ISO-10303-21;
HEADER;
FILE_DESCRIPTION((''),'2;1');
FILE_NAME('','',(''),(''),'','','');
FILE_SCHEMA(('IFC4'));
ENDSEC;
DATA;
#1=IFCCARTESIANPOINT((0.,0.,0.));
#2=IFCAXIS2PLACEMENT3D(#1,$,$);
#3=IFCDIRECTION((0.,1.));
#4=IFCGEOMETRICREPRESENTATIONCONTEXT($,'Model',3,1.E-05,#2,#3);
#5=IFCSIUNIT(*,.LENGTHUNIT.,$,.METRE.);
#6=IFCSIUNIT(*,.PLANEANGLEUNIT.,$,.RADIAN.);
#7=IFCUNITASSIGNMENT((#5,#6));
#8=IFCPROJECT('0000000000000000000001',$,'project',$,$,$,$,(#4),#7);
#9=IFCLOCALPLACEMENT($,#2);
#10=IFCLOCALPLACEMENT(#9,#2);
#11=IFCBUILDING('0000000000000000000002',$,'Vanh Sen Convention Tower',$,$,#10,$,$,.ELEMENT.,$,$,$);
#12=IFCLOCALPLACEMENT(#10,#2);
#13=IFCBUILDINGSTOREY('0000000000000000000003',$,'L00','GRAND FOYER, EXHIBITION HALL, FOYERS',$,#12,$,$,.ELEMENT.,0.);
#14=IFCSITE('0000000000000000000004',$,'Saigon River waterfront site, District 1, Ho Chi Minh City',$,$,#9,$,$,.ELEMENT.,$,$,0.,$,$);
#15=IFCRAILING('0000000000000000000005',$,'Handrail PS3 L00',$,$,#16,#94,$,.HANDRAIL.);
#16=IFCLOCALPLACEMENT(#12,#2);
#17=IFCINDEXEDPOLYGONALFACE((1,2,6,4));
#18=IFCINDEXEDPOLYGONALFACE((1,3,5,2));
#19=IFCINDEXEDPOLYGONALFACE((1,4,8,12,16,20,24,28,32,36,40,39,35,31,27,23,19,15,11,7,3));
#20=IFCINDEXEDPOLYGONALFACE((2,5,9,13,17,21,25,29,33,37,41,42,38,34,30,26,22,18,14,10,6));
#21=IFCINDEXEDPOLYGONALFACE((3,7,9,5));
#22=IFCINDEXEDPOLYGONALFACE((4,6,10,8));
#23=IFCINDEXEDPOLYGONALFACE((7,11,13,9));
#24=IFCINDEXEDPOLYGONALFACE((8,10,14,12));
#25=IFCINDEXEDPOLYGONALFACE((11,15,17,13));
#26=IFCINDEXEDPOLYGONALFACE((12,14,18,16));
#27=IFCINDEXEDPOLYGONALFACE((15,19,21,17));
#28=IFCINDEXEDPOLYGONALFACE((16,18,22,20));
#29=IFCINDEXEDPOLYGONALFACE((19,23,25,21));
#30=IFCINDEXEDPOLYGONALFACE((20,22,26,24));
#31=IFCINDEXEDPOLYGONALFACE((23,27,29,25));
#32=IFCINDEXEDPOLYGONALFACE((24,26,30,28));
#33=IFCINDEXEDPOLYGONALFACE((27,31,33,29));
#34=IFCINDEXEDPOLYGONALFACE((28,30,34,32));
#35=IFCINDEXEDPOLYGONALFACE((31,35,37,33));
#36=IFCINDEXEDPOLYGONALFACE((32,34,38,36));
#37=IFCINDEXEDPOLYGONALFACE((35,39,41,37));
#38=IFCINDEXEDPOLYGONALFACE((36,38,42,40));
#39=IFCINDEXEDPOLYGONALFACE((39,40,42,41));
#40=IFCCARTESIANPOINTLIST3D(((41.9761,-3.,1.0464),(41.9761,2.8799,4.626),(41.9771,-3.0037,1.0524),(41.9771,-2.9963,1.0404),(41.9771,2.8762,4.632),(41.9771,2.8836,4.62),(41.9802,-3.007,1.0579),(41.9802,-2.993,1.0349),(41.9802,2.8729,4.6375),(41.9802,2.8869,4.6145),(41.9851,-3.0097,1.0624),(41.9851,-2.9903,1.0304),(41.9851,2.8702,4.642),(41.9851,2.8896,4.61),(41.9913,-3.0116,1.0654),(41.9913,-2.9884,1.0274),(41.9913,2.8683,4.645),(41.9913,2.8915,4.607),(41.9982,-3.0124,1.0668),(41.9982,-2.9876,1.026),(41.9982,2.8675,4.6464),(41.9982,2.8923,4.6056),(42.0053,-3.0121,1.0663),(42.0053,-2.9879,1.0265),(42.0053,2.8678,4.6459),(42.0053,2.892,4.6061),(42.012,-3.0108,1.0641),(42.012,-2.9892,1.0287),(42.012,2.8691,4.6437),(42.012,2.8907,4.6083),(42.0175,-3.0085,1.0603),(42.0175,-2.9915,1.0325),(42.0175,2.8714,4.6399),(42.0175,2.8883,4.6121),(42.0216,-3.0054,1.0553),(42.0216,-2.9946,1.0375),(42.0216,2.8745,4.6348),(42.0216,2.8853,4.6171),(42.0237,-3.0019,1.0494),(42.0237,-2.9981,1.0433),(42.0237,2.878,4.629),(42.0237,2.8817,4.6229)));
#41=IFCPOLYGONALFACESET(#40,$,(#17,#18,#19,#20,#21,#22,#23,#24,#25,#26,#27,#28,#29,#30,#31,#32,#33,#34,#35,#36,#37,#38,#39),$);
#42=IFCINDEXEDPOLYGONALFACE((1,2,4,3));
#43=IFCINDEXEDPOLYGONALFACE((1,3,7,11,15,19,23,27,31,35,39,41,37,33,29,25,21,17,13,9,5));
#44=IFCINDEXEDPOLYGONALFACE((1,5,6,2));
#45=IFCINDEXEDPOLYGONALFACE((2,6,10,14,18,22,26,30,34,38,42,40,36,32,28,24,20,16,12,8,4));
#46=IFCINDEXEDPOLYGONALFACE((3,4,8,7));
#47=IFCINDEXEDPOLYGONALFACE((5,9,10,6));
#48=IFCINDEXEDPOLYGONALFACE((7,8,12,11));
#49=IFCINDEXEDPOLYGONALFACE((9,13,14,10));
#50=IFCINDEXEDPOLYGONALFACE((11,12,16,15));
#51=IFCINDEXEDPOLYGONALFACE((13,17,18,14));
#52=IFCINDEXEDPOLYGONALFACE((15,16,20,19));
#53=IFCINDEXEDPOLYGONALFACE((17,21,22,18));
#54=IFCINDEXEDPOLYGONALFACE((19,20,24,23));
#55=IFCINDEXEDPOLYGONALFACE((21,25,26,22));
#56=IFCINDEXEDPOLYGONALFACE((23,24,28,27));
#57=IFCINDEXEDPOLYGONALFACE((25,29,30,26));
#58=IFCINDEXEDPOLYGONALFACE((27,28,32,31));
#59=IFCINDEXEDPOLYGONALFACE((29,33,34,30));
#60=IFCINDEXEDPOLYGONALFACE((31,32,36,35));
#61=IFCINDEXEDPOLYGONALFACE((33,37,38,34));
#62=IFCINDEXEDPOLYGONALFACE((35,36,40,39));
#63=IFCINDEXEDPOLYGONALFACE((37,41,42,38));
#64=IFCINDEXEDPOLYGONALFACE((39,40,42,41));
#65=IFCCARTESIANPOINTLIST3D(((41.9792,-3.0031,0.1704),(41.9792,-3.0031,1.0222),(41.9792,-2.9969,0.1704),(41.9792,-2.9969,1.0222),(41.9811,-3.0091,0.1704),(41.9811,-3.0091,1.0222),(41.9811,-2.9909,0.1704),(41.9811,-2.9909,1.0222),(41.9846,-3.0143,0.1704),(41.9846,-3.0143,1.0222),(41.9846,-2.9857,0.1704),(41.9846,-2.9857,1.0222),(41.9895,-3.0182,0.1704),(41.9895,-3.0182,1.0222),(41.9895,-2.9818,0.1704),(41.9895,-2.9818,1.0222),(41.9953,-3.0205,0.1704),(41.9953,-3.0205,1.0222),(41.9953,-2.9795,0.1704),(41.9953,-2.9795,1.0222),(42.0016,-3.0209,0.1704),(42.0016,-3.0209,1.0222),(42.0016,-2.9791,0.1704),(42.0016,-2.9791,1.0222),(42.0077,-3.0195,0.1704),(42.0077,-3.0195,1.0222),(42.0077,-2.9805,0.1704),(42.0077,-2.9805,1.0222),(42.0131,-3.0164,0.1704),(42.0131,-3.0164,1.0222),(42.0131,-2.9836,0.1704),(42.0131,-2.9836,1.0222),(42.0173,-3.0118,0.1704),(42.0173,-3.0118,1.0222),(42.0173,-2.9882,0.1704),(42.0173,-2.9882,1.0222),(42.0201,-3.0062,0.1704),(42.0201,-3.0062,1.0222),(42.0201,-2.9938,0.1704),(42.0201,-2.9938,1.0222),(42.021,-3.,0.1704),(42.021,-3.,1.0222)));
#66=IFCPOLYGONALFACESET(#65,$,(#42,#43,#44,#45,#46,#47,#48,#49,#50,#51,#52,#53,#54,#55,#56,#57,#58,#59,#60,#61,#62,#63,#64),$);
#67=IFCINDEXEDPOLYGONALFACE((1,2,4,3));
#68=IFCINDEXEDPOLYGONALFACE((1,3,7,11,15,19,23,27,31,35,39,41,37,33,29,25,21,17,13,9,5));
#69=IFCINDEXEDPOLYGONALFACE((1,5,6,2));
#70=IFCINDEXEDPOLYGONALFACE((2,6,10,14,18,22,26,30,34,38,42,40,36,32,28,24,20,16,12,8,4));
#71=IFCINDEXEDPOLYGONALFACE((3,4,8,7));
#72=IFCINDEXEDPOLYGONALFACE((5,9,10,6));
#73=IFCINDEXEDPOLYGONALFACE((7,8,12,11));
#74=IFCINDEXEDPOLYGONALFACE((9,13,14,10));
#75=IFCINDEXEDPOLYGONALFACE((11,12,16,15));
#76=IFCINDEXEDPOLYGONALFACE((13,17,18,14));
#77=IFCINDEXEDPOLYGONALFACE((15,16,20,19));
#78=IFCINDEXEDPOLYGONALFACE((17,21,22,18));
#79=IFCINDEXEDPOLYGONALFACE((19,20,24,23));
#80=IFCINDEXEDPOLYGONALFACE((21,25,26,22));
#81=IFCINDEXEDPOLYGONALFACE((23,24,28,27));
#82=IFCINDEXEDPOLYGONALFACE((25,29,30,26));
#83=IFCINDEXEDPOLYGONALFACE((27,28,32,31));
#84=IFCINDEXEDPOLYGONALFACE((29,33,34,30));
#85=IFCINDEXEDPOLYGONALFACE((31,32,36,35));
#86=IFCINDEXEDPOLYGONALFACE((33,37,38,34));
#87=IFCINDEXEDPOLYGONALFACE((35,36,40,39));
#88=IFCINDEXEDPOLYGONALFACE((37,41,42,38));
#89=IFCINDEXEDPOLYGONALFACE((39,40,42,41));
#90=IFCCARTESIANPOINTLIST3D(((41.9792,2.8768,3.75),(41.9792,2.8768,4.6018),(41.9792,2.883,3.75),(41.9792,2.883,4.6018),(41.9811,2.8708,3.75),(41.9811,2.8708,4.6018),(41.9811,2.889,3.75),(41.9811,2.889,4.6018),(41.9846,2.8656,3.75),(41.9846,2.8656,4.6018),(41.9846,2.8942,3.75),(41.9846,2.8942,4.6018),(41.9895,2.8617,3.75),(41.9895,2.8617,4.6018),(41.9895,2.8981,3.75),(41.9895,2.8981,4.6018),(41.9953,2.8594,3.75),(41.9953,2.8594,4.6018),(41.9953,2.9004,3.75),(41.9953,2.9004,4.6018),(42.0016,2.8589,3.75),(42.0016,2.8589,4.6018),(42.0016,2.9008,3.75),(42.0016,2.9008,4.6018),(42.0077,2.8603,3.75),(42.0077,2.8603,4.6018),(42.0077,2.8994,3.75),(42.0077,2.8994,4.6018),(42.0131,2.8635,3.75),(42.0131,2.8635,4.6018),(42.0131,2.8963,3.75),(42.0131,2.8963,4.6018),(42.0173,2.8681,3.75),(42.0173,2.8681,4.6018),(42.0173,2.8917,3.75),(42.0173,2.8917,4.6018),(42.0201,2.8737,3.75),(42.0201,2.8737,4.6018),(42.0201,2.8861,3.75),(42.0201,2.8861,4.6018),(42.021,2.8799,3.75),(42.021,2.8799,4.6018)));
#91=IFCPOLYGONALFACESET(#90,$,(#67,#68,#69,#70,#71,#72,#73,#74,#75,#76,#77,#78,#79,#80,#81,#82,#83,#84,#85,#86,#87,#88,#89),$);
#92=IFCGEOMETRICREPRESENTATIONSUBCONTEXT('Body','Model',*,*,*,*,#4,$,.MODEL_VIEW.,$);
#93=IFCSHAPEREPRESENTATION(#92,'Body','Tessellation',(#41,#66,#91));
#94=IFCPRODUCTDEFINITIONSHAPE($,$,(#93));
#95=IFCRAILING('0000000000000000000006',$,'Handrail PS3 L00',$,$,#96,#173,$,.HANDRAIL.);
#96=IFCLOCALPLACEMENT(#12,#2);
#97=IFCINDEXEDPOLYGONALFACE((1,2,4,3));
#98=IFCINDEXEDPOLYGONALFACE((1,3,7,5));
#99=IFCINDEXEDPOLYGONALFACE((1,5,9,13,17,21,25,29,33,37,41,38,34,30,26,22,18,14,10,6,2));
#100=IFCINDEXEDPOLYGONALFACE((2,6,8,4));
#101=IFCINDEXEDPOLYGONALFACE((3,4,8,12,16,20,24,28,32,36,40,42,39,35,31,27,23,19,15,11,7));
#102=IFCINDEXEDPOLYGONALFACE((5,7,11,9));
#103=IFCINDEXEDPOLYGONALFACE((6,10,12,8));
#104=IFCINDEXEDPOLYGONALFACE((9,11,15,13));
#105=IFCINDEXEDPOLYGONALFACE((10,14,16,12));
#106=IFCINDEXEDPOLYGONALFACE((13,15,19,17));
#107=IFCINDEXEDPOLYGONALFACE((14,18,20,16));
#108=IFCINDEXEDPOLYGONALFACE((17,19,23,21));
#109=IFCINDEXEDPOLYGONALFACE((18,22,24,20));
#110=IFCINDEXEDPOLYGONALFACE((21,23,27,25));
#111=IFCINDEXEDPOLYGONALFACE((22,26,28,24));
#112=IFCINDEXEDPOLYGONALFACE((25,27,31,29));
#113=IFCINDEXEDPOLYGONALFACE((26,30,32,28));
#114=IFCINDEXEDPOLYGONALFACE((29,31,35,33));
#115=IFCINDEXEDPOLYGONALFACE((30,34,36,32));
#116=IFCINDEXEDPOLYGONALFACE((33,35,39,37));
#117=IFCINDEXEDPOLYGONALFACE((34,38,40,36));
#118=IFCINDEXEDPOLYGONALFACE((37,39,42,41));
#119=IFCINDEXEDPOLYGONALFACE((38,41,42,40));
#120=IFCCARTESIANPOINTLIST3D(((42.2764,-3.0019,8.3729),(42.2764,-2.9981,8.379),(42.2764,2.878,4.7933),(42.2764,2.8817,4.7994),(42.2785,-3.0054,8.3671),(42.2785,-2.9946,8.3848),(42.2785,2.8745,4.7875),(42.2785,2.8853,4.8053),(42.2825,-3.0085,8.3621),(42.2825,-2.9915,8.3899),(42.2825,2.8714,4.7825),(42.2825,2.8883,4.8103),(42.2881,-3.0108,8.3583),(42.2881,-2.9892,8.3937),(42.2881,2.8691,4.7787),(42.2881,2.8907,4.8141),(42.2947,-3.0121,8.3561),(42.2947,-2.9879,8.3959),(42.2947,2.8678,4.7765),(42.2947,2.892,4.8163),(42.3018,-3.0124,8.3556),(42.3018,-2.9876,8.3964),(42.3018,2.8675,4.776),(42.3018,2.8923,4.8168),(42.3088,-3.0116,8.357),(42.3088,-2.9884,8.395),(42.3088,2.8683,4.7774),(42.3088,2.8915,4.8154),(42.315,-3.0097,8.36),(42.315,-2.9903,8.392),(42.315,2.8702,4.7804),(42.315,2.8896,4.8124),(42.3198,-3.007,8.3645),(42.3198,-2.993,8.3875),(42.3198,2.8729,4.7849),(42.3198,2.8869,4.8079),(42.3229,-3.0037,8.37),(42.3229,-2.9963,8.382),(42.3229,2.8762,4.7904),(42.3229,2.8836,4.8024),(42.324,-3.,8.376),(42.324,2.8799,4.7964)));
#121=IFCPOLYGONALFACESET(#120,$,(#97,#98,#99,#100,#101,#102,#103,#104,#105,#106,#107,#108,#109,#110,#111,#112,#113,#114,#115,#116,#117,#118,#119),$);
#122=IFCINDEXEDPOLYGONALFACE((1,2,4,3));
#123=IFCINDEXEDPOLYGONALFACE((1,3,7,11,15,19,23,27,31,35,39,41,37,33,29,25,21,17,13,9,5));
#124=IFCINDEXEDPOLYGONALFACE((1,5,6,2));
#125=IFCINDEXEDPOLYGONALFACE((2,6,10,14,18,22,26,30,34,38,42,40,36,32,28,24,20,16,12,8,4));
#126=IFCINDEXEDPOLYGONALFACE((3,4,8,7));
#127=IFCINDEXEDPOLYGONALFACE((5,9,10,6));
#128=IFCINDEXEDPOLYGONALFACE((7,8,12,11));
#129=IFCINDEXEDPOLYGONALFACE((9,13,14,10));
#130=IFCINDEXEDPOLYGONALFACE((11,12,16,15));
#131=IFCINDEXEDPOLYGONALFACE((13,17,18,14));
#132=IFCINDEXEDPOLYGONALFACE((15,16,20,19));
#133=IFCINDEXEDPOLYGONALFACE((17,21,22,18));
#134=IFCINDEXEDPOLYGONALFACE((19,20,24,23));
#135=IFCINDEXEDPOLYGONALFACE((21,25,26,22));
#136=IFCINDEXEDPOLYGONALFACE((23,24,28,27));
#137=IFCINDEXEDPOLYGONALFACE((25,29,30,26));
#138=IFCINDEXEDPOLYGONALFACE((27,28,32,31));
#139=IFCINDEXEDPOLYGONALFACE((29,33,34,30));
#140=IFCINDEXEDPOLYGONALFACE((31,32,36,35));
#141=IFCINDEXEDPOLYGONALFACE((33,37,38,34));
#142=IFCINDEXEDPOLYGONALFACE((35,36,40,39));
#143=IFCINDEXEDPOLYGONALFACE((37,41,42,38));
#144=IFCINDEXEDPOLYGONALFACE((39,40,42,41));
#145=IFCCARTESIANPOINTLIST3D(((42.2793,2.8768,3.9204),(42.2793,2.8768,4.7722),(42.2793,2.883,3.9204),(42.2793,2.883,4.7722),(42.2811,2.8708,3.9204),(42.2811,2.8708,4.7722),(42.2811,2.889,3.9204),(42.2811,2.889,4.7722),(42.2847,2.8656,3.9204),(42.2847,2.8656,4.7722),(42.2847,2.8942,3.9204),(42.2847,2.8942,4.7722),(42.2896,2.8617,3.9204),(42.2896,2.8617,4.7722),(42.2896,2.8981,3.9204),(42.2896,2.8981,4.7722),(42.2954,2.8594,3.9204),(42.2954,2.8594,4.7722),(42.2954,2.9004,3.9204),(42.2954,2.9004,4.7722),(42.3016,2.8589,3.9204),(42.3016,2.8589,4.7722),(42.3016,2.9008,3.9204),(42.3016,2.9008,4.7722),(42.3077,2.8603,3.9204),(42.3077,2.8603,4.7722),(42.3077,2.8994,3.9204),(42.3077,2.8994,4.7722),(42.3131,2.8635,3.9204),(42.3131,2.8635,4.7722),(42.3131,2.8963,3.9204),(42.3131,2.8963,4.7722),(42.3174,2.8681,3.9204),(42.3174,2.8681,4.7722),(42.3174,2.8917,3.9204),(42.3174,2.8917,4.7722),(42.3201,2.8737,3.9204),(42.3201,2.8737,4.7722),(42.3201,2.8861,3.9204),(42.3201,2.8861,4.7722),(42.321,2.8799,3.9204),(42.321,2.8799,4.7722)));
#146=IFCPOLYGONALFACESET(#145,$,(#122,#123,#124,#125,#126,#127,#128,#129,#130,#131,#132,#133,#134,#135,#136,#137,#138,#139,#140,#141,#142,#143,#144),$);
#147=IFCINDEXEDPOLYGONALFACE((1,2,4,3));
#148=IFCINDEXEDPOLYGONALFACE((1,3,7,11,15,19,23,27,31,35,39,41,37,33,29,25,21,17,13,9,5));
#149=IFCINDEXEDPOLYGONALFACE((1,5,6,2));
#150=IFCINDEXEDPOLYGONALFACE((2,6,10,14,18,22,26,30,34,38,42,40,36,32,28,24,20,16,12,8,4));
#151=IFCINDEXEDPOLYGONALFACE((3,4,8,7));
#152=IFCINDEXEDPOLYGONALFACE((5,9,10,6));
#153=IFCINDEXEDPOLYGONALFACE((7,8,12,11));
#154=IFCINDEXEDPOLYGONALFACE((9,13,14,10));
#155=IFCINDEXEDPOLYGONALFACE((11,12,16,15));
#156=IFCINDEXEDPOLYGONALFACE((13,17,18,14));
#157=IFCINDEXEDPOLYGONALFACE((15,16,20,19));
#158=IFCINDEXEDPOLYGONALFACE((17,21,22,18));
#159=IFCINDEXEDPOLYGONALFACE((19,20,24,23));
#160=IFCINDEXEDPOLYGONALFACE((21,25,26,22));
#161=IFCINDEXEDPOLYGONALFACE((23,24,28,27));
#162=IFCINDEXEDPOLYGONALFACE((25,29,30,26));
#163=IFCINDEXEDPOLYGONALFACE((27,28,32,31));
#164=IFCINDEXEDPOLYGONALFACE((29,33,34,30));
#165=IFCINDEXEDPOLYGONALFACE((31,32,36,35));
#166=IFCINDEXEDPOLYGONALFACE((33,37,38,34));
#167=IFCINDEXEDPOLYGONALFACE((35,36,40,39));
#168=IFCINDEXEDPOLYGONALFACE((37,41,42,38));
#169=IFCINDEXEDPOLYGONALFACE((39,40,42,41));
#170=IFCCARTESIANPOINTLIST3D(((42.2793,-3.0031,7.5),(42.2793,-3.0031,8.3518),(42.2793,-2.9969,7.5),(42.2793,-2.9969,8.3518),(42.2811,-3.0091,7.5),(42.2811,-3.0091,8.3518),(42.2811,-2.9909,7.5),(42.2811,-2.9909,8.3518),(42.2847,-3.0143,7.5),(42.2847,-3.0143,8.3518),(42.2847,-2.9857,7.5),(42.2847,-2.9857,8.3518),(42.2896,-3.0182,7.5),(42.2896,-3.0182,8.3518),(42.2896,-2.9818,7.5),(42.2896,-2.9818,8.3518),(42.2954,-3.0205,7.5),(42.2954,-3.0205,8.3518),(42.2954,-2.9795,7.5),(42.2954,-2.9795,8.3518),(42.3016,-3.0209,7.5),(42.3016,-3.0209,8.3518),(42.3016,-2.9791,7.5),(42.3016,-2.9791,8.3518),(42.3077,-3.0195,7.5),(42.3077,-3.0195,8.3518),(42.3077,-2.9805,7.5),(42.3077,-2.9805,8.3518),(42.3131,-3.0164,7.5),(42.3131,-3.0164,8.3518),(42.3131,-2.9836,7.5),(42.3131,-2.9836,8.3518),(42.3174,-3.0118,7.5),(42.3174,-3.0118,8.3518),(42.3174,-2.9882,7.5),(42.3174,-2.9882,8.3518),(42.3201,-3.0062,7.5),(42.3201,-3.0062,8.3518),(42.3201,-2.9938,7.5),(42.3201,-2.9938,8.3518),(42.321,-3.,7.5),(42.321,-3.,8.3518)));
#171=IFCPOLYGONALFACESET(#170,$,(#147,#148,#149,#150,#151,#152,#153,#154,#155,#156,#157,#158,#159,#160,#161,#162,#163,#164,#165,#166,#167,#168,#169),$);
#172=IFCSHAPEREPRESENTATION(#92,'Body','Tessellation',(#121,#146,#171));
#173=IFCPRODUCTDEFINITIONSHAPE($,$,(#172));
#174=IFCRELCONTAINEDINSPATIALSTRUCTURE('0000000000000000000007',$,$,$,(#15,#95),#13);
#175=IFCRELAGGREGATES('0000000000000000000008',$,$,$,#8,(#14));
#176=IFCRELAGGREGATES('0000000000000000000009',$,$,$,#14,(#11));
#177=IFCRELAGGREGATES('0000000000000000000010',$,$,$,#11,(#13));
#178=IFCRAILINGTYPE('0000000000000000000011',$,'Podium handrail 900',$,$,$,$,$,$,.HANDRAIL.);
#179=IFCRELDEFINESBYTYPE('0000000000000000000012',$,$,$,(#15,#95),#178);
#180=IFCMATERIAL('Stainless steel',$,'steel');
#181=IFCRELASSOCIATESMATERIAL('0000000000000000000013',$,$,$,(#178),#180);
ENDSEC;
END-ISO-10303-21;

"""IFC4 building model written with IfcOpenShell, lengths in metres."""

from ifc_helpers import new_model, si_unit, direction, frame, origin, origin_2d, place, context, subcontext, project, spatial, circle, extrude, material, type_object, element, save


model = new_model("IFC4")

# Units and contexts
model_context = context("Model", 3, precision=1e-05, world=origin(), true_north=direction((0.0, 1.0)))
body_context = subcontext(model_context, "Body", "Model", "MODEL_VIEW")
ifc_project = project(units=[si_unit("LENGTHUNIT", "METRE"), si_unit("PLANEANGLEUNIT", "RADIAN")], contexts=[model_context])

# Site, building, storey
site_placement = place(None, origin())
site = spatial("IfcSite", under=ifc_project, at=site_placement, Name="Saigon River waterfront site, District 1, Ho Chi Minh City", CompositionType="ELEMENT", RefElevation=0.0)
building_placement = place(site_placement, origin())
building = spatial("IfcBuilding", under=site, at=building_placement, Name="Vanh Sen Convention Tower", CompositionType="ELEMENT")
storey_placement = place(building_placement, origin())
storey = spatial("IfcBuildingStorey", under=building, at=storey_placement, Name="L00", Description="GRAND FOYER, EXHIBITION HALL, FOYERS", CompositionType="ELEMENT", Elevation=0.0)

# Railings
ifc_material_1 = material(Name="Stainless steel", Category="steel")
railing_type = type_object("IfcRailingType", Name="Podium handrail 900", PredefinedType="HANDRAIL", material=ifc_material_1)
for number, where, name in (
    (1, (42.0, -3.0, 0.1704), "Handrail PS3 L00"),
):
    element("IfcRailing", number, at=place(storey_placement, frame(where)), inside=storey, type_object=railing_type, Name=name, PredefinedType="HANDRAIL", context=body_context, shape_type="SweptSolid", body=[
        extrude(circle(Radius=0.0239, at=origin_2d()), frame((0.0, 0.0, 0.876), z_axis=(0.0, 0.854164, 0.520003), x_axis=(-1.0, 0.0, 0.0)), (0.0, 0.0, 1.0), 6.8838),
        extrude(circle(Radius=0.021, at=origin_2d()), origin(), (0.0, 0.0, 1.0), 0.8518),
        extrude(circle(Radius=0.021, at=origin_2d()), frame((0.0, 5.8799, 3.5796)), (0.0, 0.0, 1.0), 0.8518),
    ])
railing_placement = place(storey_placement, frame((42.3, 2.8799, 3.9204)))
element("IfcRailing", 2, at=railing_placement, inside=storey, type_object=railing_type, Name="Handrail PS3 L00", PredefinedType="HANDRAIL", context=body_context, shape_type="SweptSolid", body=[
    extrude(circle(Radius=0.0239, at=origin_2d()), frame((0.0, 0.0, 0.876), z_axis=(0.0, -0.854164, 0.520003), x_axis=(1.0, 0.0, 0.0)), (0.0, 0.0, 1.0), 6.8838),
    extrude(circle(Radius=0.021, at=origin_2d()), origin(), (0.0, 0.0, 1.0), 0.8518),
    extrude(circle(Radius=0.021, at=origin_2d()), frame((0.0, -5.8799, 3.5796)), (0.0, 0.0, 1.0), 0.8518),
])

save(model, "model.ifc")
